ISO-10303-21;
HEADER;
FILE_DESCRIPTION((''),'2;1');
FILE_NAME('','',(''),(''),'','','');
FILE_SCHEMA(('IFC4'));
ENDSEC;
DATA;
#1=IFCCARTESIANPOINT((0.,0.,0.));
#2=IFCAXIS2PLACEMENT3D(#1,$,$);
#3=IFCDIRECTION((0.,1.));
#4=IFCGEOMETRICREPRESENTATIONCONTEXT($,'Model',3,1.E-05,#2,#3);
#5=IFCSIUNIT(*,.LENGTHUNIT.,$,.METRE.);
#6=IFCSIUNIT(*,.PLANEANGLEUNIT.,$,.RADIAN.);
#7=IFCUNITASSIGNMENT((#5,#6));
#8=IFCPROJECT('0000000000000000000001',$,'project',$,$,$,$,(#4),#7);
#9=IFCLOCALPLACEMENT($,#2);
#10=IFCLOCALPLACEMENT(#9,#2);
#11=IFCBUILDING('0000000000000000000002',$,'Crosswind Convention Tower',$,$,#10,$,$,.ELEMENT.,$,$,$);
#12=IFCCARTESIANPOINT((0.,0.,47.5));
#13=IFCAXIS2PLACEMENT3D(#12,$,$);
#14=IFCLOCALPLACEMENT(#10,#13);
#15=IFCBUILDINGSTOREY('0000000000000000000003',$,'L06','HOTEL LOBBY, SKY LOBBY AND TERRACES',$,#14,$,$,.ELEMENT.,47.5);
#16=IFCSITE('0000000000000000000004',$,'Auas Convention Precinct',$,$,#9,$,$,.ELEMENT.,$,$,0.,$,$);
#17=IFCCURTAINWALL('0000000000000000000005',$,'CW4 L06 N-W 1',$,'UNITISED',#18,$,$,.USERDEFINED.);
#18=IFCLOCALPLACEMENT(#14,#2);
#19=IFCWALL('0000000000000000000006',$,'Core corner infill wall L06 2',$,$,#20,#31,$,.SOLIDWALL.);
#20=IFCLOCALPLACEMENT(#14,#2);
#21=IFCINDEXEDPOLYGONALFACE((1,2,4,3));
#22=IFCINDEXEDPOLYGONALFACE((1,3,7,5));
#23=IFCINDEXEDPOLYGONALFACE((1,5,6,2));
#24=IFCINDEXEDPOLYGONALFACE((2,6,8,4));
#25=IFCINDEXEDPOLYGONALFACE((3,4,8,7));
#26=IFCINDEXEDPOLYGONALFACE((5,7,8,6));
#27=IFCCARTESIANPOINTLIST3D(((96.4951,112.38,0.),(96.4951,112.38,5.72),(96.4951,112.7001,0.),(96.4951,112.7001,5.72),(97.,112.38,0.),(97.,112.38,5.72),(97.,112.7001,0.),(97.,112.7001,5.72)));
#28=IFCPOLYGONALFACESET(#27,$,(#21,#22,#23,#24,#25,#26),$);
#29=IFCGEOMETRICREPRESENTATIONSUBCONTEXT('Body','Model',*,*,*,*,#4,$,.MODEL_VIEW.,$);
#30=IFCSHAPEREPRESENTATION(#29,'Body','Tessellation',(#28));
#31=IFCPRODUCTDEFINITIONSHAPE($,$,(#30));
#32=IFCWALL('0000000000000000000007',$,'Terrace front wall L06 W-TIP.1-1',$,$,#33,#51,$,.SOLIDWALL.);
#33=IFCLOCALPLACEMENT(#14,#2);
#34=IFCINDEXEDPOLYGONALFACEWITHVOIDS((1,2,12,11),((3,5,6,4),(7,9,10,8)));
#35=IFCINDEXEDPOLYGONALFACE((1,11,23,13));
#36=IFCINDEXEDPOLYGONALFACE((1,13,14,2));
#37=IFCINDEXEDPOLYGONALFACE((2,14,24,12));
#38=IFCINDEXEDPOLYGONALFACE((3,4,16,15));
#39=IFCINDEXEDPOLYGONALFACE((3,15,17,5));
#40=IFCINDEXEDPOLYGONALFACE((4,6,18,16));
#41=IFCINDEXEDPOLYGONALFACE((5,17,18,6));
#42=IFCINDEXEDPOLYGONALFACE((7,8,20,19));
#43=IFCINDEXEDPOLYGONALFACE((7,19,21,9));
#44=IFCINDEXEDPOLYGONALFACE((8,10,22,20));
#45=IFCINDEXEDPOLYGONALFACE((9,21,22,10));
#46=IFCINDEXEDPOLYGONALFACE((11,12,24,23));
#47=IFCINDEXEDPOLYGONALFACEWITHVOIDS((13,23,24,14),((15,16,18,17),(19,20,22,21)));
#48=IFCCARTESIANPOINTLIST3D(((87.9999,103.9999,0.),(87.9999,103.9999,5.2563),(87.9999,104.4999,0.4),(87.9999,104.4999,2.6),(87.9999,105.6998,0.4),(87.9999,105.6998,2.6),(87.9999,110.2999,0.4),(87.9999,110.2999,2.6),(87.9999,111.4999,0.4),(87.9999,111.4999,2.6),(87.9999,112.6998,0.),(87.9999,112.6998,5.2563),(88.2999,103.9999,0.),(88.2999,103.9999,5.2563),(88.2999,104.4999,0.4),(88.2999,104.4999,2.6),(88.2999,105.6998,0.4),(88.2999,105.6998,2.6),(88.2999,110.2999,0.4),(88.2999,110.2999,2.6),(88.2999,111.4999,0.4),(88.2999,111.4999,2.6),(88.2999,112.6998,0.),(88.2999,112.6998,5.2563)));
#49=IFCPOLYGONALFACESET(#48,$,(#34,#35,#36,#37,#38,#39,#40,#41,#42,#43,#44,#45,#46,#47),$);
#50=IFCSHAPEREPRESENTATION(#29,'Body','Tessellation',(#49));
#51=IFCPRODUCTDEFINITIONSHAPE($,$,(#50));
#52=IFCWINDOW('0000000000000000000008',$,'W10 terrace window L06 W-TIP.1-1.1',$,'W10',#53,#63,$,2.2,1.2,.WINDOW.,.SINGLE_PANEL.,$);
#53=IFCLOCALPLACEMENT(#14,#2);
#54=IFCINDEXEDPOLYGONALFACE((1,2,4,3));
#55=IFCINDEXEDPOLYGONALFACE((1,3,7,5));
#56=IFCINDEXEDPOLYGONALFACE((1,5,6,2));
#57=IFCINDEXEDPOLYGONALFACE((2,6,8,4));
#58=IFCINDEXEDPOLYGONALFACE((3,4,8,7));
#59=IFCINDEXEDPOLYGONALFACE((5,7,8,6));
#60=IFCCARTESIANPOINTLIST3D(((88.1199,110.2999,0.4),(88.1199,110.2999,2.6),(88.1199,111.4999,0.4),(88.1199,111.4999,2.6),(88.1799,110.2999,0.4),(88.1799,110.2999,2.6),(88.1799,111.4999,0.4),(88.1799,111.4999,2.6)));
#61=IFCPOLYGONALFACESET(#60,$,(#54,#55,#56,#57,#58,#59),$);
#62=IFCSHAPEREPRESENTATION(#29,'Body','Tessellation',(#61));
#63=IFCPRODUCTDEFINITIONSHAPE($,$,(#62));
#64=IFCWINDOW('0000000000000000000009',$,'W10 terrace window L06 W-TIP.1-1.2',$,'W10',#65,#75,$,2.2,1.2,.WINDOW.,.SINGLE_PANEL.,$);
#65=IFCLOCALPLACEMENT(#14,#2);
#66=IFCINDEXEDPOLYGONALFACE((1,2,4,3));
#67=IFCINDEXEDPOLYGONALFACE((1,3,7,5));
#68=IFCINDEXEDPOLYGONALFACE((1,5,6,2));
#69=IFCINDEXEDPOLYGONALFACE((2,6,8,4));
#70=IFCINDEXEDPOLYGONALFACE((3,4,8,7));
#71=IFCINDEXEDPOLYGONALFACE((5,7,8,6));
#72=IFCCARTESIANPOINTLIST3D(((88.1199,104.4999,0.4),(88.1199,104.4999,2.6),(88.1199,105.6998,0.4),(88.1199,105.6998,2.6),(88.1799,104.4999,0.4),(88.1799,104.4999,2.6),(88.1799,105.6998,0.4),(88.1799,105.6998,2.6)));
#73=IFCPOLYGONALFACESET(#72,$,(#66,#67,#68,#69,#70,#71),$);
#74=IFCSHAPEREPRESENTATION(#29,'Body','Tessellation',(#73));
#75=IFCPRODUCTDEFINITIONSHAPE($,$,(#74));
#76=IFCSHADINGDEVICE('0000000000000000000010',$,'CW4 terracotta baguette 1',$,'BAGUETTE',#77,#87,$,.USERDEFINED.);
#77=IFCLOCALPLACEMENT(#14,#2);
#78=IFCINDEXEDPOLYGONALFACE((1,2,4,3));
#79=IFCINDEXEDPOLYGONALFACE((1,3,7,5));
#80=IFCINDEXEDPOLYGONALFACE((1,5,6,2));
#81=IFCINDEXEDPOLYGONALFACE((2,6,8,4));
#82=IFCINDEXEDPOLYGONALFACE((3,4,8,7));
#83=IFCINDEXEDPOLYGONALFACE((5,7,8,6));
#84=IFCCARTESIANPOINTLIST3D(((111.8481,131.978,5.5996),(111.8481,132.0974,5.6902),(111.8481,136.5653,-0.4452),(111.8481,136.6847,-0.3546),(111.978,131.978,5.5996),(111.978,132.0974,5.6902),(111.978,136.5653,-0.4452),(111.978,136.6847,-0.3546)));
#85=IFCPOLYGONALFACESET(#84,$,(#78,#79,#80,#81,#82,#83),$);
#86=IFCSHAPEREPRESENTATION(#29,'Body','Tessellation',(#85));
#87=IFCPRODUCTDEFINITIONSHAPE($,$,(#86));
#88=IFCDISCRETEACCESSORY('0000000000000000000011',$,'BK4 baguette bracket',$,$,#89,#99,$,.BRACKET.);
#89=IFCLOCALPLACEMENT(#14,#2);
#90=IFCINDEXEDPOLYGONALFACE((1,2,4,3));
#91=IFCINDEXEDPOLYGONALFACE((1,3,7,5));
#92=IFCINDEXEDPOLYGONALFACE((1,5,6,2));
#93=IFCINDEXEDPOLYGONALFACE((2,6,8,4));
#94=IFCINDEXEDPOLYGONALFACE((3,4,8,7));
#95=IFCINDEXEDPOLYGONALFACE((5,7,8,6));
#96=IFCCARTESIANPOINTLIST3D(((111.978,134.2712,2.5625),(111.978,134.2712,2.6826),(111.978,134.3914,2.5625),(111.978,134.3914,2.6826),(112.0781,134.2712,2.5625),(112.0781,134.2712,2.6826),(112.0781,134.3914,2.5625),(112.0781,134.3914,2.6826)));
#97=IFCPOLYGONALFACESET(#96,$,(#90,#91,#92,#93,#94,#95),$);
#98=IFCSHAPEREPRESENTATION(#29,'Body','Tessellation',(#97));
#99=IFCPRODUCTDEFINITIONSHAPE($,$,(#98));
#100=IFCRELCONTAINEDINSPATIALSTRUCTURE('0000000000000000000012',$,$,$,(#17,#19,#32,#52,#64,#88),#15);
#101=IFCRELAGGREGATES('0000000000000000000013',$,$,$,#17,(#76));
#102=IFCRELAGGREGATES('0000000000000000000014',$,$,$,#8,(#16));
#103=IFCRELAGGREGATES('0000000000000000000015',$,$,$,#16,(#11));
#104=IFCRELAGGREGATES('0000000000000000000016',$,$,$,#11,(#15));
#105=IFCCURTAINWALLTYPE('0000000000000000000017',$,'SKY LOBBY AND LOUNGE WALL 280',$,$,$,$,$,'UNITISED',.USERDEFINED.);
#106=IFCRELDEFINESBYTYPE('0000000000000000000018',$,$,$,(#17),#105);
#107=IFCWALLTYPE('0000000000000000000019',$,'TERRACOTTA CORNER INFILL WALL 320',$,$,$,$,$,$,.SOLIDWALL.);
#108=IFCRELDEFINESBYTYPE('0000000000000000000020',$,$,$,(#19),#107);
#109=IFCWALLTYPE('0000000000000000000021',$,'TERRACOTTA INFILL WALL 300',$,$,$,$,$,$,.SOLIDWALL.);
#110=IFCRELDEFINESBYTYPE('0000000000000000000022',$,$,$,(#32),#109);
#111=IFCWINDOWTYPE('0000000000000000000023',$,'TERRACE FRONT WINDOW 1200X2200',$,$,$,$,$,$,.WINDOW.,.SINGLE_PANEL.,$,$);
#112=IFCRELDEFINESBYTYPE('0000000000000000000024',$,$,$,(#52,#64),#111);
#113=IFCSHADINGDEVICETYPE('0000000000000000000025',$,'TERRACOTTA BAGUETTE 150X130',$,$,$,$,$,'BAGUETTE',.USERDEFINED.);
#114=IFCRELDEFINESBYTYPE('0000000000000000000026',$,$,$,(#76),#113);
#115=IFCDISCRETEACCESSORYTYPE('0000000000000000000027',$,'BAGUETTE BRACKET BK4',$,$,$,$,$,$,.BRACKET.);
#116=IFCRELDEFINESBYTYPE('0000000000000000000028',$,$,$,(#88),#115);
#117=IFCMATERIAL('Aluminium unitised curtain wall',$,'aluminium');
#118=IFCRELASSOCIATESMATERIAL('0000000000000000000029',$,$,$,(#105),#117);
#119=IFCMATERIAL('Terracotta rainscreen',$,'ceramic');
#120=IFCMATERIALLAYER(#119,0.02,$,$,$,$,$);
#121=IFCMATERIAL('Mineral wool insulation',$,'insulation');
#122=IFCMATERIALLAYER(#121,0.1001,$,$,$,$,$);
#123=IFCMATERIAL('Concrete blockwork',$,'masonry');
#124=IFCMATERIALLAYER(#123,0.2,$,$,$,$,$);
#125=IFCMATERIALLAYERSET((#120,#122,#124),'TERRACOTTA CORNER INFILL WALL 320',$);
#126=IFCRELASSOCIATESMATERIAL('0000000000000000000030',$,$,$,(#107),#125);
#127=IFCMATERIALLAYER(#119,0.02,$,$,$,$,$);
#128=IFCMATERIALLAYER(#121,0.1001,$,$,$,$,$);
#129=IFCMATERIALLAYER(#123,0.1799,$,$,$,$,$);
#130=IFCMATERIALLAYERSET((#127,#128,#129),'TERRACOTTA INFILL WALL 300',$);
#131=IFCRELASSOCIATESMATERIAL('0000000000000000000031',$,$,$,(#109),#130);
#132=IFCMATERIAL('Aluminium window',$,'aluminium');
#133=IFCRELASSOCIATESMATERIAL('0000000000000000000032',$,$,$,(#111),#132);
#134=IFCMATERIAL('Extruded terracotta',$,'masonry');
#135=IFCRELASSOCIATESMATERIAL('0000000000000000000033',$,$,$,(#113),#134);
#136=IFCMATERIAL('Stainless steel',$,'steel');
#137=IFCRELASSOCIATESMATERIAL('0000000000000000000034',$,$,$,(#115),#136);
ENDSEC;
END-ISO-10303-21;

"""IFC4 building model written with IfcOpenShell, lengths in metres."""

from ifc_helpers import new_model, si_unit, direction, frame, frame_2d, origin, origin_2d, place, context, subcontext, project, spatial, rectangle, extrude, material, layer, layer_set, material_profile, profile_set, type_object, element, fill, aggregate, save


model = new_model("IFC4")

# Units and contexts
model_context = context("Model", 3, precision=1e-05, world=origin(), true_north=direction((0.0, 1.0)))
body_context = subcontext(model_context, "Body", "Model", "MODEL_VIEW")
ifc_project = project(units=[si_unit("LENGTHUNIT", "METRE"), si_unit("PLANEANGLEUNIT", "RADIAN")], contexts=[model_context])

# Site, building, storey
site_placement = place(None, origin())
site = spatial("IfcSite", under=ifc_project, at=site_placement, Name="Auas Convention Precinct", CompositionType="ELEMENT", RefElevation=0.0)
building_placement = place(site_placement, origin())
building = spatial("IfcBuilding", under=site, at=building_placement, Name="Crosswind Convention Tower", CompositionType="ELEMENT")
storey_placement = place(building_placement, frame((0.0, 0.0, 47.5)))
storey = spatial("IfcBuildingStorey", under=building, at=storey_placement, Name="L06", Description="HOTEL LOBBY, SKY LOBBY AND TERRACES", CompositionType="ELEMENT", Elevation=47.5)

# Curtain wall
ifc_material_1 = material(Name="Aluminium unitised curtain wall", Category="aluminium")
curtain_wall_type_1 = type_object("IfcCurtainWallType", Name="SKY LOBBY AND LOUNGE WALL 280", ElementType="UNITISED", PredefinedType="USERDEFINED", material=ifc_material_1)
curtain_wall_1_placement = place(storey_placement, origin())
curtain_wall_1 = element("IfcCurtainWall", 1, at=curtain_wall_1_placement, inside=storey, type_object=curtain_wall_type_1, Name="CW4 L06 N-W 1", ObjectType="UNITISED", PredefinedType="USERDEFINED")

# Wall
ifc_material_2 = material(Name="Terracotta rainscreen", Category="ceramic")
ifc_layer_1 = layer(ifc_material_2, 0.02)
ifc_material_3 = material(Name="Mineral wool insulation", Category="insulation")
ifc_layer_2 = layer(ifc_material_3, 0.1001)
ifc_material_4 = material(Name="Concrete blockwork", Category="masonry")
ifc_layer_3 = layer(ifc_material_4, 0.2)
ifc_layer_set_1 = layer_set([ifc_layer_1, ifc_layer_2, ifc_layer_3], Name="TERRACOTTA CORNER INFILL WALL 320")
wall_type_1 = type_object("IfcWallType", Name="TERRACOTTA CORNER INFILL WALL 320", PredefinedType="SOLIDWALL", material=ifc_layer_set_1)
wall_1_placement = place(storey_placement, frame((96.4951, 112.54, 0.0), z_axis=(0.0, 0.0, 1.0), x_axis=(1.0, 0.0, 0.0)))
element("IfcWall", 2, at=wall_1_placement, inside=storey, type_object=wall_type_1, Name="Core corner infill wall L06 2", PredefinedType="SOLIDWALL", context=body_context, shape_type="SweptSolid", body=[
    extrude(rectangle(XDim=0.5049, YDim=0.3201, at=frame_2d((0.2524, 0.0))), origin(), (0.0, 0.0, 1.0), 5.72),
])

# Wall, openings, windows
ifc_layer_4 = layer(ifc_material_2, 0.02)
ifc_layer_5 = layer(ifc_material_3, 0.1001)
ifc_layer_6 = layer(ifc_material_4, 0.1799)
ifc_layer_set_2 = layer_set([ifc_layer_4, ifc_layer_5, ifc_layer_6], Name="TERRACOTTA INFILL WALL 300")
wall_type_2 = type_object("IfcWallType", Name="TERRACOTTA INFILL WALL 300", PredefinedType="SOLIDWALL", material=ifc_layer_set_2)
wall_2_placement = place(storey_placement, frame((88.1499, 112.7, 0.0), z_axis=(0.0, 0.0, 1.0), x_axis=(0.0, -1.0, 0.0)))
wall_2 = element("IfcWall", 3, at=wall_2_placement, inside=storey, type_object=wall_type_2, Name="Terrace front wall L06 W-TIP.1-1", PredefinedType="SOLIDWALL", context=body_context, shape_type="SweptSolid", body=[
    extrude(rectangle(XDim=8.7, YDim=0.3, at=frame_2d((4.3501, 0.0))), origin(), (0.0, 0.0, 1.0), 5.2563),
])
opening_1_placement = place(wall_2_placement, frame((1.2, 0.0, 0.3999)))
opening_1 = element("IfcOpeningElement", 4, at=opening_1_placement, cuts=wall_2, PredefinedType="OPENING", context=body_context, shape_type="SweptSolid", body=[
    extrude(rectangle(XDim=1.2, YDim=2.2, at=frame_2d((0.6001, 1.1001))), frame((0.0, 0.1599, 0.0), z_axis=(0.0, -1.0, 0.0), x_axis=(1.0, 0.0, 0.0)), (0.0, 0.0, 1.0), 0.3201),
])
opening_2_placement = place(wall_2_placement, frame((7.0, 0.0, 0.3999)))
opening_2 = element("IfcOpeningElement", 5, at=opening_2_placement, cuts=wall_2, PredefinedType="OPENING", context=body_context, shape_type="SweptSolid", body=[
    extrude(rectangle(XDim=1.2, YDim=2.2, at=frame_2d((0.6001, 1.1001))), frame((0.0, 0.1599, 0.0), z_axis=(0.0, -1.0, 0.0), x_axis=(1.0, 0.0, 0.0)), (0.0, 0.0, 1.0), 0.3201),
])
ifc_material_5 = material(Name="Aluminium window", Category="aluminium")
window_type = type_object("IfcWindowType", Name="TERRACE FRONT WINDOW 1200X2200", PartitioningType="SINGLE_PANEL", PredefinedType="WINDOW", material=ifc_material_5)
window_1_placement = place(opening_1_placement, origin())
window_1 = element("IfcWindow", 6, at=window_1_placement, inside=storey, type_object=window_type, Name="W10 terrace window L06 W-TIP.1-1.1", ObjectType="W10", OverallHeight=2.2, OverallWidth=1.2, PartitioningType="SINGLE_PANEL", PredefinedType="WINDOW", context=body_context, shape_type="SweptSolid", body=[
    extrude(rectangle(XDim=1.2, YDim=2.2, at=frame_2d((0.6001, 1.1001))), frame((0.0, 0.03, 0.0), z_axis=(0.0, -1.0, 0.0), x_axis=(1.0, 0.0, 0.0)), (0.0, 0.0, 1.0), 0.0601),
])
fill(opening_1, window_1)
window_2_placement = place(opening_2_placement, origin())
window_2 = element("IfcWindow", 7, at=window_2_placement, inside=storey, type_object=window_type, Name="W10 terrace window L06 W-TIP.1-1.2", ObjectType="W10", OverallHeight=2.2, OverallWidth=1.2, PartitioningType="SINGLE_PANEL", PredefinedType="WINDOW", context=body_context, shape_type="SweptSolid", body=[
    extrude(rectangle(XDim=1.2, YDim=2.2, at=frame_2d((0.6001, 1.1001))), frame((0.0, 0.03, 0.0), z_axis=(0.0, -1.0, 0.0), x_axis=(1.0, 0.0, 0.0)), (0.0, 0.0, 1.0), 0.0601),
])
fill(opening_2, window_2)

# Shading device
ifc_material_6 = material(Name="Extruded terracotta", Category="masonry")
ifc_material_profile_1 = material_profile(ifc_material_6, rectangle(XDim=0.1299, YDim=0.1499, at=origin_2d()), Name="TC 130X150")
ifc_profile_set_1 = profile_set([ifc_material_profile_1], Name="Extruded terracotta")
shading_device_type = type_object("IfcShadingDeviceType", Name="TERRACOTTA BAGUETTE 150X130", ElementType="BAGUETTE", PredefinedType="USERDEFINED", material=ifc_profile_set_1)
shading_device_placement = place(storey_placement, frame((111.9131, 136.625, -0.3999), z_axis=(0.0, -0.60452, 0.79659), x_axis=(1.0, 0.0, 0.0)))
shading_device = element("IfcShadingDevice", 8, at=shading_device_placement, type_object=shading_device_type, Name="CW4 terracotta baguette 1", ObjectType="BAGUETTE", PredefinedType="USERDEFINED", context=body_context, shape_type="SweptSolid", body=[
    extrude(rectangle(XDim=0.1299, YDim=0.1499, at=origin_2d()), origin(), (0.0, 0.0, 1.0), 7.5884),
])
aggregate(curtain_wall_1, [shading_device])

# Discrete accessory
ifc_material_7 = material(Name="Stainless steel", Category="steel")
discrete_accessory_type = type_object("IfcDiscreteAccessoryType", Name="BAGUETTE BRACKET BK4", PredefinedType="BRACKET", material=ifc_material_7)
discrete_accessory_placement = place(storey_placement, frame((112.0281, 134.3313, 2.5625), z_axis=(0.0, 0.0, 1.0), x_axis=(0.0, -1.0, 0.0)))
element("IfcDiscreteAccessory", 9, at=discrete_accessory_placement, inside=storey, type_object=discrete_accessory_type, Name="BK4 baguette bracket", PredefinedType="BRACKET", context=body_context, shape_type="SweptSolid", body=[
    extrude(rectangle(XDim=0.1201, YDim=0.1001, at=origin_2d()), origin(), (0.0, 0.0, 1.0), 0.1201),
])

save(model, "model.ifc")
